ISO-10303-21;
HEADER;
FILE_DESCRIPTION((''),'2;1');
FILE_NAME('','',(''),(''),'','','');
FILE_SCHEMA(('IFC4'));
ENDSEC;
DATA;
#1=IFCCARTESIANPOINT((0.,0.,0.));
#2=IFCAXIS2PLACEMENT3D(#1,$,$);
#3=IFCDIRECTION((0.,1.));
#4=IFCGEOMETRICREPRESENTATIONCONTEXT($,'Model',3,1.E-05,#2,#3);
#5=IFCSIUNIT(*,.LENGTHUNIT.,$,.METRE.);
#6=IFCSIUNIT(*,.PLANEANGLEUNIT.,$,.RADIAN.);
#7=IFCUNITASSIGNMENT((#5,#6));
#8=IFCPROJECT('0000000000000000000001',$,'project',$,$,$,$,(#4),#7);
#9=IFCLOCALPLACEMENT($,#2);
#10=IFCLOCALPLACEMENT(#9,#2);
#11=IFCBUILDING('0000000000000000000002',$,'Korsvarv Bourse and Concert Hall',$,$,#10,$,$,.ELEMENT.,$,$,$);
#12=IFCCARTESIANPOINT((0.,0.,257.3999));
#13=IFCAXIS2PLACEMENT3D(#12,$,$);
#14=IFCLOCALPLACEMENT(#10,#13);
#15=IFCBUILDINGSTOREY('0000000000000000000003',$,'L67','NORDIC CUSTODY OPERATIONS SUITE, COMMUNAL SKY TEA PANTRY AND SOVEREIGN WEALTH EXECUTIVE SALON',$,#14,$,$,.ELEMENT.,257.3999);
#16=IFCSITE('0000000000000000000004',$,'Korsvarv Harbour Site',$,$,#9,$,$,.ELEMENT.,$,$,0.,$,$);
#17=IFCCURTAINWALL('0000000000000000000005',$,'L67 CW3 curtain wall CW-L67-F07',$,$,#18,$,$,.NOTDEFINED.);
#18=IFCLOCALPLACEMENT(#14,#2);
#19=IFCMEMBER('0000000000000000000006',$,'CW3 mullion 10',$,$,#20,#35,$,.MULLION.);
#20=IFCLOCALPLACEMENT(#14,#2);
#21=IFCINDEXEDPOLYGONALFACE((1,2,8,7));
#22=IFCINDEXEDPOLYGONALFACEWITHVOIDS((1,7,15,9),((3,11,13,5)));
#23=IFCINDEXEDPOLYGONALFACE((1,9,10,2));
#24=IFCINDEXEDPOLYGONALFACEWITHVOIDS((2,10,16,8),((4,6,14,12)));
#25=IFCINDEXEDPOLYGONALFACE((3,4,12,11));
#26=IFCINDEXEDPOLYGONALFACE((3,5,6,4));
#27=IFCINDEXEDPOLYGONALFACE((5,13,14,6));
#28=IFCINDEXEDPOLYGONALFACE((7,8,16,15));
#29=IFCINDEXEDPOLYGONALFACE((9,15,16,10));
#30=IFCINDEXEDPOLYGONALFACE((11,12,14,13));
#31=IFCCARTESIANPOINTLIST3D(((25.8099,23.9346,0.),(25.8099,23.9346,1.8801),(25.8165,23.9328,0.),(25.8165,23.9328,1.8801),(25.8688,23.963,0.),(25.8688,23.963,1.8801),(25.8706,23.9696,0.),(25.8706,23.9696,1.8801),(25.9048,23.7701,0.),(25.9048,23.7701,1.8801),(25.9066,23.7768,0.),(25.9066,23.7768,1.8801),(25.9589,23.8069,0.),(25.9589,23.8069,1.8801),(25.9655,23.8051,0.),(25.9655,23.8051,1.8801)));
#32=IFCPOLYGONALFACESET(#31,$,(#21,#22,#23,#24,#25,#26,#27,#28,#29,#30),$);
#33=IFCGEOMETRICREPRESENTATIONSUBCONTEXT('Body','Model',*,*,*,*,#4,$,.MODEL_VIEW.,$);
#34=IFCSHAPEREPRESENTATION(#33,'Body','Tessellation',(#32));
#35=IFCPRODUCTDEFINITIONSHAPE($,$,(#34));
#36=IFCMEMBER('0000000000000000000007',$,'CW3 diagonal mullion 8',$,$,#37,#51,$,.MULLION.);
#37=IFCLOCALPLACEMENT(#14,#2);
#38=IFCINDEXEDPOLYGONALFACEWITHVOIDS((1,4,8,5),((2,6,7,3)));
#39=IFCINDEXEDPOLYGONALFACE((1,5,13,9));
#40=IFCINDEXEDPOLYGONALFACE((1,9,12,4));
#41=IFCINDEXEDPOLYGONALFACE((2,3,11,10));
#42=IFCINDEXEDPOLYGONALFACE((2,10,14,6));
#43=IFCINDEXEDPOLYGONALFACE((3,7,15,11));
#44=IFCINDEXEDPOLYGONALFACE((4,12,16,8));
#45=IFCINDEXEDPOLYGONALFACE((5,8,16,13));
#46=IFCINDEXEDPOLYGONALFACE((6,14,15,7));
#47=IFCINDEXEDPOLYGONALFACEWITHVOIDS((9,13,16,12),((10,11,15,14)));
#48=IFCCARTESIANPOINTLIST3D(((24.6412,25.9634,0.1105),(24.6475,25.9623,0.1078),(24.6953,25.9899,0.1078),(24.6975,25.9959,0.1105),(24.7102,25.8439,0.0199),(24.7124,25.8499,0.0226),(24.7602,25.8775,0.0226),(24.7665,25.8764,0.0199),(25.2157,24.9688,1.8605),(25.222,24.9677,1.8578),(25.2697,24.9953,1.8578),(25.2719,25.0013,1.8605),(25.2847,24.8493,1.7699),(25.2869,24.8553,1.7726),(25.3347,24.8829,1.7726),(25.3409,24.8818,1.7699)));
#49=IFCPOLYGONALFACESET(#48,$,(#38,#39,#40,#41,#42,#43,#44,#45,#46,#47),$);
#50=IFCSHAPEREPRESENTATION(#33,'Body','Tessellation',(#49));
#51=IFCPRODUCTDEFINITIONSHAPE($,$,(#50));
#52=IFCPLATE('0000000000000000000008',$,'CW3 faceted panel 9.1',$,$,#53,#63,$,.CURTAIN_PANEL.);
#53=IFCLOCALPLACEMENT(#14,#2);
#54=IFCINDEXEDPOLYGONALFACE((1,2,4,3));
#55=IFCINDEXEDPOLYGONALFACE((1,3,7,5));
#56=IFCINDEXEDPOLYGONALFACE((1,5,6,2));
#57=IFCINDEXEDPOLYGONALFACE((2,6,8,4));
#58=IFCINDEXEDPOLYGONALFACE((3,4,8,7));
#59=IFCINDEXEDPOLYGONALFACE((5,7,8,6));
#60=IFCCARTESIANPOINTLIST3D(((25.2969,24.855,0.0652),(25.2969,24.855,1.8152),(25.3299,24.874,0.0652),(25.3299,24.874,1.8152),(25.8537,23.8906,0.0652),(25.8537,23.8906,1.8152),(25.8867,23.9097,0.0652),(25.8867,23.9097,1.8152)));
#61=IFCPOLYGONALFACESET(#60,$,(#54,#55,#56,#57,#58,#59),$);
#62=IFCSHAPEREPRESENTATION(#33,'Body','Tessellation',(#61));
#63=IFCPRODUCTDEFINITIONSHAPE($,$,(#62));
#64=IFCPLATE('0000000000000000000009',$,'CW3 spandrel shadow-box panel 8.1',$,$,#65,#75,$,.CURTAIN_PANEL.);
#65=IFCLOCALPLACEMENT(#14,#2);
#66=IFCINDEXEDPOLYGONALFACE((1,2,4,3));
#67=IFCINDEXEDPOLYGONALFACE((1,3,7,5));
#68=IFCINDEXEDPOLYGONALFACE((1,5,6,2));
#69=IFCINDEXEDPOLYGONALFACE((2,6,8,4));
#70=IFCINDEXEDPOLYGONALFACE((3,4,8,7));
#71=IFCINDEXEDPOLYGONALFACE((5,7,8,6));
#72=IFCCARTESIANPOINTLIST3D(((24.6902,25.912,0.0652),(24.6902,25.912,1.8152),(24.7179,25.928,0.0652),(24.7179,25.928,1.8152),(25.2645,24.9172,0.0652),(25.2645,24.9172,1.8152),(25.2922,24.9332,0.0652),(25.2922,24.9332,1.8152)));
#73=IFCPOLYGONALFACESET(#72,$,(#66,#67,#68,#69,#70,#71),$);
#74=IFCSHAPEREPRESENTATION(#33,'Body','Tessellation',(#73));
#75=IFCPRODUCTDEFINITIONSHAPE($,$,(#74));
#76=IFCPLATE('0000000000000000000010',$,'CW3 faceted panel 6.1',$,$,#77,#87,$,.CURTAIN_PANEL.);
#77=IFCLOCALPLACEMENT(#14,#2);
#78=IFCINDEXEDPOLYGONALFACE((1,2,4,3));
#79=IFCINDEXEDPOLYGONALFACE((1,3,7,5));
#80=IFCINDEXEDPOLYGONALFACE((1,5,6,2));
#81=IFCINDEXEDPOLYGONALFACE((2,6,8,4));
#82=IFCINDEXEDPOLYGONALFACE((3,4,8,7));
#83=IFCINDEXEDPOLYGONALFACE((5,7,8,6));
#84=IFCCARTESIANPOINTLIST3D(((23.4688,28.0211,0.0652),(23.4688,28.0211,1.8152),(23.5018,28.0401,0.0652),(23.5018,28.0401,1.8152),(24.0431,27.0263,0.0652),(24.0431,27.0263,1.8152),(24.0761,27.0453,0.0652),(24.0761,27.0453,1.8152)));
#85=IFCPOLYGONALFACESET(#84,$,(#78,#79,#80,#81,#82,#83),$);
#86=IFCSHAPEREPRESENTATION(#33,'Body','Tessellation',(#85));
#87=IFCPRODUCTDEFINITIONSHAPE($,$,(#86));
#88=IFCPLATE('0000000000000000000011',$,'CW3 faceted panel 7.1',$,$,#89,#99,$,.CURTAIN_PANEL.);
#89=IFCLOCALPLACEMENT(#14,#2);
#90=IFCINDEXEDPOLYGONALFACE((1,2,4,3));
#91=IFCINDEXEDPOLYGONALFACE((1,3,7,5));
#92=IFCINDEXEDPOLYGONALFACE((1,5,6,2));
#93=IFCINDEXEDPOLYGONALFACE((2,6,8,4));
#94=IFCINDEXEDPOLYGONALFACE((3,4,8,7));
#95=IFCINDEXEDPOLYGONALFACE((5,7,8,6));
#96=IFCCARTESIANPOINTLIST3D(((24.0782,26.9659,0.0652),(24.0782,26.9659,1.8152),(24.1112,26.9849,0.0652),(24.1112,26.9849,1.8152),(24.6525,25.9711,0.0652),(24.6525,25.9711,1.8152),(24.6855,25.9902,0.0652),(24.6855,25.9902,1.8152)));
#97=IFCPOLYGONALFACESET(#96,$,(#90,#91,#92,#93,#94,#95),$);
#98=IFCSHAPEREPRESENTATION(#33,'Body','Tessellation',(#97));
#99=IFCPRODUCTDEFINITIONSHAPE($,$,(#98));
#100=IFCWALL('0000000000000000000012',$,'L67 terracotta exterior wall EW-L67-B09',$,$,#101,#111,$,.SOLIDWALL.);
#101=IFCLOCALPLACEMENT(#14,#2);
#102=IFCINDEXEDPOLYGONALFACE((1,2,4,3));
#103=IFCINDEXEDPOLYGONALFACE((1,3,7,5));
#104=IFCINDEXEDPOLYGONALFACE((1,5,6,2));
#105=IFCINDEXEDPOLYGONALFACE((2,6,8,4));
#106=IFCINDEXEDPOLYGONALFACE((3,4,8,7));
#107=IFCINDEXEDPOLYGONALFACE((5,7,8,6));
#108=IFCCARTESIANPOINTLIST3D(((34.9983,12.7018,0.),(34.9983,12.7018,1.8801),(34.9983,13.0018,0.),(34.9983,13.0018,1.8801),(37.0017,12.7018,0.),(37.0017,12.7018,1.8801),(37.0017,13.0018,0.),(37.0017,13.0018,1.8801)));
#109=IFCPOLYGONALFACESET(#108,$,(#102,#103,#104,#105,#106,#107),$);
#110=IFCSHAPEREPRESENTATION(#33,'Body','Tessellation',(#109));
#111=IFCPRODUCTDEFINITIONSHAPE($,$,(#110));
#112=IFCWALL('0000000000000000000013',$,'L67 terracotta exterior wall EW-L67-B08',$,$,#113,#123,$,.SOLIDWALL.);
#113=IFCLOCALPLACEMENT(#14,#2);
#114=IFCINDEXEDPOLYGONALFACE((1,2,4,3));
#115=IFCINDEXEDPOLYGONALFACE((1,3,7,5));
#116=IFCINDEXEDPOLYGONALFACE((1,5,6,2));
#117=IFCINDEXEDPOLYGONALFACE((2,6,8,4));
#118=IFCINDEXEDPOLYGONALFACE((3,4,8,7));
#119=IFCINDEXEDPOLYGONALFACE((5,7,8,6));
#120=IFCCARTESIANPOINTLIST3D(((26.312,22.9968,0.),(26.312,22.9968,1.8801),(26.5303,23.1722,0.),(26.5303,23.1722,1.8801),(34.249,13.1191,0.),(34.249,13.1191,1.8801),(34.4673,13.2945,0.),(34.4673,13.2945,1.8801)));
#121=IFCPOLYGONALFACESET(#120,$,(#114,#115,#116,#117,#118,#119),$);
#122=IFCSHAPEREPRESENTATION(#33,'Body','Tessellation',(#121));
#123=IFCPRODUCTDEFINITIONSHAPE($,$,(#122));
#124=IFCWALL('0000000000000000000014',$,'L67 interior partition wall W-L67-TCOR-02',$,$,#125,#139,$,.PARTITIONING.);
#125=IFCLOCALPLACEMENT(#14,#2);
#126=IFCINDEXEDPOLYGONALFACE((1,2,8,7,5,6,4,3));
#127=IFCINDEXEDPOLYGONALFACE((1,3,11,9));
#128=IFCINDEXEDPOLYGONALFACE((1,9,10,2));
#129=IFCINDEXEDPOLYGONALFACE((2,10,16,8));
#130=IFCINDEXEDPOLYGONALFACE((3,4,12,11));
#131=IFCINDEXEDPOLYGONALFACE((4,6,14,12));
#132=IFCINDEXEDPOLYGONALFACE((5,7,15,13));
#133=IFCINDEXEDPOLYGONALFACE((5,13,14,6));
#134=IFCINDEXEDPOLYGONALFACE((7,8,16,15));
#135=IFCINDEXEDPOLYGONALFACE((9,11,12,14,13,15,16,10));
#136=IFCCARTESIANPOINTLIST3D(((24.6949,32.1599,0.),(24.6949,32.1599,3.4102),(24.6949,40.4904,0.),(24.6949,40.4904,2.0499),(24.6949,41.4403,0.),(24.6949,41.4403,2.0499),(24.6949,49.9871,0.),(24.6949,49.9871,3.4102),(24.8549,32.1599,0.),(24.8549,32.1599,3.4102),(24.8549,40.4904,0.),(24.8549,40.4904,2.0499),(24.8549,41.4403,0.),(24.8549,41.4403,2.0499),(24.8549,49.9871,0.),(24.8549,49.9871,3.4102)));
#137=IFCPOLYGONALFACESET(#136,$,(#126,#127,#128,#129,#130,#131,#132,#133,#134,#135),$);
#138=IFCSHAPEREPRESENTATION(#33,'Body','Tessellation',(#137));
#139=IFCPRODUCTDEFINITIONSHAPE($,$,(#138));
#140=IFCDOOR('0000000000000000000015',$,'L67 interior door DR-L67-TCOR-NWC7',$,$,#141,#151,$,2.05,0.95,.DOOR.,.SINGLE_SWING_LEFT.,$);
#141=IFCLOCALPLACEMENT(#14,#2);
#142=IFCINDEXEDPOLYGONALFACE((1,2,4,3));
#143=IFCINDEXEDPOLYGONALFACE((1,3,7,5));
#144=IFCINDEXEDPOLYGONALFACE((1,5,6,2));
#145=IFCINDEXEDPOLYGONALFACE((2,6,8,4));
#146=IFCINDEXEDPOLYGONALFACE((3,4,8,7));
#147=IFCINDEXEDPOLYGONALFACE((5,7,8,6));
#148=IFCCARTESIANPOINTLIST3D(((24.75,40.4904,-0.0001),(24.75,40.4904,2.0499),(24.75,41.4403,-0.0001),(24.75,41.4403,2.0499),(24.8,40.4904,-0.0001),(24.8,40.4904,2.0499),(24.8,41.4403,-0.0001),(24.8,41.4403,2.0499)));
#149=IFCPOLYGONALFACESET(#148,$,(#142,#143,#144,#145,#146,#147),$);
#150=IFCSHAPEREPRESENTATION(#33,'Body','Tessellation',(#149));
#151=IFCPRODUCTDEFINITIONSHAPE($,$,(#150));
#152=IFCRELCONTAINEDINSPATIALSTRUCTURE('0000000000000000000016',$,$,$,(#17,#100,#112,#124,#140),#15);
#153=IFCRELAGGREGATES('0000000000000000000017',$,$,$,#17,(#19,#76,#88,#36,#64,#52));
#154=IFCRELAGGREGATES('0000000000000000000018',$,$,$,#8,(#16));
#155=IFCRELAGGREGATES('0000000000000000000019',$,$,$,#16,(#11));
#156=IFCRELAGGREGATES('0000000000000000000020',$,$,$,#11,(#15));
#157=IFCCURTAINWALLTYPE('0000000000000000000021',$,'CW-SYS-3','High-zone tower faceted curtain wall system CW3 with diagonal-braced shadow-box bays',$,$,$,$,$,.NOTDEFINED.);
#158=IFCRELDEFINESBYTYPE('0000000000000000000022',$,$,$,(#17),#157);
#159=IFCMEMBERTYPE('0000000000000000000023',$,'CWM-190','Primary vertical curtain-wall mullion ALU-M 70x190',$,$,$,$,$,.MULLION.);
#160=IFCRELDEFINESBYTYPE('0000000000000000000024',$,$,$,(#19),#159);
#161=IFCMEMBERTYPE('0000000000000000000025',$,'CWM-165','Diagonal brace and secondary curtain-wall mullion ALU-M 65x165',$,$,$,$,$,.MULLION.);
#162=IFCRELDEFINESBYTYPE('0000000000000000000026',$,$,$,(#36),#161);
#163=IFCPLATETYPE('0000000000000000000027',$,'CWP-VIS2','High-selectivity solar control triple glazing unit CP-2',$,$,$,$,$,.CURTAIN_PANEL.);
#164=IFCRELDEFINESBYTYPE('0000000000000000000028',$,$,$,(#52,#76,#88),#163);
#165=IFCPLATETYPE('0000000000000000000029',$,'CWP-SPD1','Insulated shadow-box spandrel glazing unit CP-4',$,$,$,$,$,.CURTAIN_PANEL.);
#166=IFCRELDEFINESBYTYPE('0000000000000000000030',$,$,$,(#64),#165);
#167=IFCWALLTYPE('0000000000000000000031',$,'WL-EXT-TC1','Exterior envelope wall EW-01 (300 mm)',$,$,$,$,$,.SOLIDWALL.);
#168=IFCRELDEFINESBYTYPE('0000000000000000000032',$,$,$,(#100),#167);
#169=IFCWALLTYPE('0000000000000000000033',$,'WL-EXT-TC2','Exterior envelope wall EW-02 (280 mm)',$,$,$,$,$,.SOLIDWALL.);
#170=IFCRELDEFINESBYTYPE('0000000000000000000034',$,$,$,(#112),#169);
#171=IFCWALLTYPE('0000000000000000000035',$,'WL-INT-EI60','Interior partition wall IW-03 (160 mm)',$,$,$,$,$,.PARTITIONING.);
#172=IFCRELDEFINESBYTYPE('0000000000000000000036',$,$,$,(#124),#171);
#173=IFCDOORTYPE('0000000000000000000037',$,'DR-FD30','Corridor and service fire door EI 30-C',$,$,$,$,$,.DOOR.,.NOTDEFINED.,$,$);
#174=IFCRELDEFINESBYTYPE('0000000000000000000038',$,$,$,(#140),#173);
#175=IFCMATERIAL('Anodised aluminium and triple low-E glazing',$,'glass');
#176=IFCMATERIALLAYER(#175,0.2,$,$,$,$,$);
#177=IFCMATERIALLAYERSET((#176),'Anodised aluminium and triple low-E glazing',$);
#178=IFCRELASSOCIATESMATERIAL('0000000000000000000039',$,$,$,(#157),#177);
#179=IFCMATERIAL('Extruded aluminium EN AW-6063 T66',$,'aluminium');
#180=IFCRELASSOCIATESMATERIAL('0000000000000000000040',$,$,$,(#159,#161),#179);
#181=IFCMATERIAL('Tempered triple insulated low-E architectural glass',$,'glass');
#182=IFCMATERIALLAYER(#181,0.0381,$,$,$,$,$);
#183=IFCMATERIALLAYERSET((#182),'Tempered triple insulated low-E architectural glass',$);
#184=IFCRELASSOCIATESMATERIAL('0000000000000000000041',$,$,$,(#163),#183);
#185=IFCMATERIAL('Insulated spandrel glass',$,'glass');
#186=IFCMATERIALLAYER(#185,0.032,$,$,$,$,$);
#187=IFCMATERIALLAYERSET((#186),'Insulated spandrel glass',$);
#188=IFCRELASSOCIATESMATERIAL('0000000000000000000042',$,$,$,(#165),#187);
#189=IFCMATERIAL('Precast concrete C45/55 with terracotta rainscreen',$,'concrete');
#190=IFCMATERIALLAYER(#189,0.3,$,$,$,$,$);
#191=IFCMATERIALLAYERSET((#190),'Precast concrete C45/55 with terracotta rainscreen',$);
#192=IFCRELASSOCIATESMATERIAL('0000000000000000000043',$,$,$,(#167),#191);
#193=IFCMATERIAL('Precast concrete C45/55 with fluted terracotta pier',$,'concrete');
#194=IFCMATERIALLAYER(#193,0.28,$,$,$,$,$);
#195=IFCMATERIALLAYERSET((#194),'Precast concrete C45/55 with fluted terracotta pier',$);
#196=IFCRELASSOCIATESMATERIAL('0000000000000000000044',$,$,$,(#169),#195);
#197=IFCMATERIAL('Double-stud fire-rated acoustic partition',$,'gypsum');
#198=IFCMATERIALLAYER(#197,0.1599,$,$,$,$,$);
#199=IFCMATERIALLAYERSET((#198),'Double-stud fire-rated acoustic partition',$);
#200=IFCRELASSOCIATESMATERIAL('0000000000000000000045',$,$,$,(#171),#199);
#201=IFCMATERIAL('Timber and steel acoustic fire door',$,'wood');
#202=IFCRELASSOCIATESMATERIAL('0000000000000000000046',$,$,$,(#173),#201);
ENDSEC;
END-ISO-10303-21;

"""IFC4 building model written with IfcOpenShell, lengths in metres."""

from ifc_helpers import new_model, si_unit, direction, frame, frame_2d, origin, origin_2d, place, context, subcontext, project, spatial, rectangle, hollow_rectangle, extrude, source, transform, mapped, material, layer, layer_set, material_profile, profile_set, type_object, element, fill, aggregate, save


model = new_model("IFC4")

# Units and contexts
model_context = context("Model", 3, precision=1e-05, world=origin(), true_north=direction((0.0, 1.0)))
body_context = subcontext(model_context, "Body", "Model", "MODEL_VIEW")
ifc_project = project(units=[si_unit("LENGTHUNIT", "METRE"), si_unit("PLANEANGLEUNIT", "RADIAN")], contexts=[model_context])

# Site, building, storey
site_placement = place(None, origin())
site = spatial("IfcSite", under=ifc_project, at=site_placement, Name="Korsvarv Harbour Site", CompositionType="ELEMENT", RefElevation=0.0)
building_placement = place(site_placement, origin())
building = spatial("IfcBuilding", under=site, at=building_placement, Name="Korsvarv Bourse and Concert Hall", CompositionType="ELEMENT")
storey_placement = place(building_placement, frame((0.0, 0.0, 257.3999)))
storey = spatial("IfcBuildingStorey", under=building, at=storey_placement, Name="L67", Description="NORDIC CUSTODY OPERATIONS SUITE, COMMUNAL SKY TEA PANTRY AND SOVEREIGN WEALTH EXECUTIVE SALON", CompositionType="ELEMENT", Elevation=257.3999)

# Curtain wall, members, plates
ifc_material_1 = material(Name="Anodised aluminium and triple low-E glazing", Category="glass")
ifc_layer_1 = layer(ifc_material_1, 0.2)
ifc_layer_set_1 = layer_set([ifc_layer_1], Name="Anodised aluminium and triple low-E glazing")
curtain_wall_type = type_object("IfcCurtainWallType", Name="CW-SYS-3", Description="High-zone tower faceted curtain wall system CW3 with diagonal-braced shadow-box bays", PredefinedType="NOTDEFINED", material=ifc_layer_set_1)
curtain_wall_placement = place(storey_placement, origin())
curtain_wall = element("IfcCurtainWall", 1, at=curtain_wall_placement, inside=storey, type_object=curtain_wall_type, Name="L67 CW3 curtain wall CW-L67-F07", PredefinedType="NOTDEFINED")
ifc_material_2 = material(Name="Extruded aluminium EN AW-6063 T66", Category="aluminium")
ifc_material_profile_1 = material_profile(ifc_material_2, hollow_rectangle(XDim=0.0701, YDim=0.1899, WallThickness=0.0049, at=origin_2d()), Name="ALU-M 70x190")
ifc_profile_set_1 = profile_set([ifc_material_profile_1], Name="Extruded aluminium EN AW-6063 T66")
member_type_1 = type_object("IfcMemberType", Name="CWM-190", Description="Primary vertical curtain-wall mullion ALU-M 70x190", PredefinedType="MULLION", material=ifc_profile_set_1)
shared_shape_1 = source(origin(), body_context, "Body", "SweptSolid", [
    extrude(hollow_rectangle(XDim=0.0701, YDim=0.1899, WallThickness=0.0049, at=origin_2d()), origin(), (0.0, 0.0, 1.0), 1.8801),
])
member_1_placement = place(storey_placement, frame((25.8877, 23.8699, 0.0), z_axis=(0.0, 0.0, 1.0), x_axis=(0.866023, 0.500004, 0.0)))
member_1 = element("IfcMember", 2, at=member_1_placement, type_object=member_type_1, Name="CW3 mullion 10", PredefinedType="MULLION", context=body_context, shape_type="MappedRepresentation", body=[
    mapped(shared_shape_1, transform((0.0, 0.0, 0.0), scale=1.0)),
])
ifc_material_profile_2 = material_profile(ifc_material_2, hollow_rectangle(XDim=0.0649, YDim=0.165, WallThickness=0.0049, at=origin_2d()), Name="ALU-M 65x165")
ifc_profile_set_2 = profile_set([ifc_material_profile_2], Name="Extruded aluminium EN AW-6063 T66")
member_type_2 = type_object("IfcMemberType", Name="CWM-165", Description="Diagonal brace and secondary curtain-wall mullion ALU-M 65x165", PredefinedType="MULLION", material=ifc_profile_set_2)
shared_shape_2 = source(origin(), body_context, "Body", "SweptSolid", [
    extrude(hollow_rectangle(XDim=0.0649, YDim=0.165, WallThickness=0.0049, at=origin_2d()), origin(), (0.0, 0.0, 1.0), 2.0933),
])
member_2_placement = place(storey_placement, frame((24.7039, 25.9199, 0.0652), z_axis=(0.274433, -0.475155, 0.836011), x_axis=(0.865945, 0.500139, 0.0)))
member_2 = element("IfcMember", 3, at=member_2_placement, type_object=member_type_2, Name="CW3 diagonal mullion 8", PredefinedType="MULLION", context=body_context, shape_type="MappedRepresentation", body=[
    mapped(shared_shape_2, transform((0.0, 0.0, 0.0), scale=1.0)),
])
ifc_material_3 = material(Name="Tempered triple insulated low-E architectural glass", Category="glass")
ifc_layer_2 = layer(ifc_material_3, 0.0381)
ifc_layer_set_2 = layer_set([ifc_layer_2], Name="Tempered triple insulated low-E architectural glass")
plate_type_1 = type_object("IfcPlateType", Name="CWP-VIS2", Description="High-selectivity solar control triple glazing unit CP-2", PredefinedType="CURTAIN_PANEL", material=ifc_layer_set_2)
shared_shape_3 = source(origin(), body_context, "Body", "SweptSolid", [
    extrude(rectangle(XDim=1.1135, YDim=0.0381, at=origin_2d()), origin(), (0.0, 0.0, 1.0), 1.75),
])
plate_1_placement = place(storey_placement, frame((25.5918, 24.3823, 0.0652), z_axis=(0.0, 0.0, 1.0), x_axis=(0.500004, -0.866023, 0.0)))
plate_1 = element("IfcPlate", 4, at=plate_1_placement, type_object=plate_type_1, Name="CW3 faceted panel 9.1", PredefinedType="CURTAIN_PANEL", context=body_context, shape_type="MappedRepresentation", body=[
    mapped(shared_shape_3, transform((0.0, 0.0, 0.0), scale=1.0)),
])
ifc_material_4 = material(Name="Insulated spandrel glass", Category="glass")
ifc_layer_3 = layer(ifc_material_4, 0.032)
ifc_layer_set_3 = layer_set([ifc_layer_3], Name="Insulated spandrel glass")
plate_type_2 = type_object("IfcPlateType", Name="CWP-SPD1", Description="Insulated shadow-box spandrel glazing unit CP-4", PredefinedType="CURTAIN_PANEL", material=ifc_layer_set_3)
shared_shape_4 = source(origin(), body_context, "Body", "SweptSolid", [
    extrude(rectangle(XDim=1.1487, YDim=0.032, at=origin_2d()), origin(), (0.0, 0.0, 1.0), 1.75),
])
plate_2_placement = place(storey_placement, frame((24.9912, 25.4226, 0.0652), z_axis=(0.0, 0.0, 1.0), x_axis=(0.500004, -0.866023, 0.0)))
plate_2 = element("IfcPlate", 5, at=plate_2_placement, type_object=plate_type_2, Name="CW3 spandrel shadow-box panel 8.1", PredefinedType="CURTAIN_PANEL", context=body_context, shape_type="MappedRepresentation", body=[
    mapped(shared_shape_4, transform((0.0, 0.0, 0.0), scale=1.0)),
])
shared_shape_5 = source(origin(), body_context, "Body", "SweptSolid", [
    extrude(rectangle(XDim=1.1487, YDim=0.0381, at=origin_2d()), origin(), (0.0, 0.0, 1.0), 1.75),
])
plate_3_placement = place(storey_placement, frame((23.7725, 27.5332, 0.0652), z_axis=(0.0, 0.0, 1.0), x_axis=(0.500004, -0.866023, 0.0)))
plate_3 = element("IfcPlate", 6, at=plate_3_placement, type_object=plate_type_1, Name="CW3 faceted panel 6.1", PredefinedType="CURTAIN_PANEL", context=body_context, shape_type="MappedRepresentation", body=[
    mapped(shared_shape_5, transform((0.0, 0.0, 0.0), scale=1.0)),
])
plate_4_placement = place(storey_placement, frame((24.3818, 26.478, 0.0652), z_axis=(0.0, 0.0, 1.0), x_axis=(0.500004, -0.866023, 0.0)))
plate_4 = element("IfcPlate", 7, at=plate_4_placement, type_object=plate_type_1, Name="CW3 faceted panel 7.1", PredefinedType="CURTAIN_PANEL", context=body_context, shape_type="MappedRepresentation", body=[
    mapped(shared_shape_5, transform((0.0, 0.0, 0.0), scale=1.0)),
])
aggregate(curtain_wall, [member_1, plate_3, plate_4, member_2, plate_2, plate_1])

# Walls
ifc_material_5 = material(Name="Precast concrete C45/55 with terracotta rainscreen", Category="concrete")
ifc_layer_4 = layer(ifc_material_5, 0.3)
ifc_layer_set_4 = layer_set([ifc_layer_4], Name="Precast concrete C45/55 with terracotta rainscreen")
wall_type_1 = type_object("IfcWallType", Name="WL-EXT-TC1", Description="Exterior envelope wall EW-01 (300 mm)", PredefinedType="SOLIDWALL", material=ifc_layer_set_4)
wall_1_placement = place(storey_placement, frame((34.9983, 12.8518, 0.0), z_axis=(0.0, 0.0, 1.0), x_axis=(1.0, 0.0, 0.0)))
element("IfcWall", 8, at=wall_1_placement, inside=storey, type_object=wall_type_1, Name="L67 terracotta exterior wall EW-L67-B09", PredefinedType="SOLIDWALL", context=body_context, shape_type="SweptSolid", body=[
    extrude(rectangle(XDim=2.0034, YDim=0.3, at=frame_2d((1.0017, 0.0))), origin(), (0.0, 0.0, 1.0), 1.8801),
])
ifc_material_6 = material(Name="Precast concrete C45/55 with fluted terracotta pier", Category="concrete")
ifc_layer_5 = layer(ifc_material_6, 0.28)
ifc_layer_set_5 = layer_set([ifc_layer_5], Name="Precast concrete C45/55 with fluted terracotta pier")
wall_type_2 = type_object("IfcWallType", Name="WL-EXT-TC2", Description="Exterior envelope wall EW-02 (280 mm)", PredefinedType="SOLIDWALL", material=ifc_layer_set_5)
wall_2_placement = place(storey_placement, frame((26.4211, 23.0845, 0.0), z_axis=(0.0, 0.0, 1.0), x_axis=(0.626371, -0.779525, 0.0)))
element("IfcWall", 9, at=wall_2_placement, inside=storey, type_object=wall_type_2, Name="L67 terracotta exterior wall EW-L67-B08", PredefinedType="SOLIDWALL", context=body_context, shape_type="SweptSolid", body=[
    extrude(rectangle(XDim=12.6714, YDim=0.28, at=frame_2d((6.3357, 0.0))), origin(), (0.0, 0.0, 1.0), 1.8801),
])

# Wall, opening, door
ifc_material_7 = material(Name="Double-stud fire-rated acoustic partition", Category="gypsum")
ifc_layer_6 = layer(ifc_material_7, 0.1599)
ifc_layer_set_6 = layer_set([ifc_layer_6], Name="Double-stud fire-rated acoustic partition")
wall_type_3 = type_object("IfcWallType", Name="WL-INT-EI60", Description="Interior partition wall IW-03 (160 mm)", PredefinedType="PARTITIONING", material=ifc_layer_set_6)
wall_3_placement = place(storey_placement, frame((24.7749, 32.1599, 0.0), z_axis=(0.0, 0.0, 1.0), x_axis=(0.0, 1.0, 0.0)))
wall_3 = element("IfcWall", 10, at=wall_3_placement, inside=storey, type_object=wall_type_3, Name="L67 interior partition wall W-L67-TCOR-02", PredefinedType="PARTITIONING", context=body_context, shape_type="SweptSolid", body=[
    extrude(rectangle(XDim=17.8271, YDim=0.1599, at=frame_2d((8.9136, 0.0))), origin(), (0.0, 0.0, 1.0), 3.4102),
])
opening_1_placement = place(wall_3_placement, frame((8.3303, 0.0, 0.0)))
opening_1 = element("IfcOpeningElement", 11, at=opening_1_placement, cuts=wall_3, PredefinedType="OPENING", context=body_context, shape_type="SweptSolid", body=[
    extrude(rectangle(XDim=0.95, YDim=2.05, at=frame_2d((0.4751, 1.0249))), frame((0.0, 0.0898, 0.0), z_axis=(0.0, -1.0, 0.0), x_axis=(1.0, 0.0, 0.0)), (0.0, 0.0, 1.0), 0.1799),
])
ifc_material_8 = material(Name="Timber and steel acoustic fire door", Category="wood")
door_type_1 = type_object("IfcDoorType", Name="DR-FD30", Description="Corridor and service fire door EI 30-C", OperationType="NOTDEFINED", PredefinedType="DOOR", material=ifc_material_8)
door_1_placement = place(opening_1_placement, origin())
door_1 = element("IfcDoor", 12, at=door_1_placement, inside=storey, type_object=door_type_1, Name="L67 interior door DR-L67-TCOR-NWC7", OperationType="SINGLE_SWING_LEFT", OverallHeight=2.05, OverallWidth=0.95, PredefinedType="DOOR", context=body_context, shape_type="SweptSolid", body=[
    extrude(rectangle(XDim=0.95, YDim=2.05, at=frame_2d((0.4751, 1.0249))), frame((0.0, 0.0249, 0.0), z_axis=(0.0, -1.0, 0.0), x_axis=(1.0, 0.0, 0.0)), (0.0, 0.0, 1.0), 0.05),
])
fill(opening_1, door_1)

save(model, "model.ifc")
